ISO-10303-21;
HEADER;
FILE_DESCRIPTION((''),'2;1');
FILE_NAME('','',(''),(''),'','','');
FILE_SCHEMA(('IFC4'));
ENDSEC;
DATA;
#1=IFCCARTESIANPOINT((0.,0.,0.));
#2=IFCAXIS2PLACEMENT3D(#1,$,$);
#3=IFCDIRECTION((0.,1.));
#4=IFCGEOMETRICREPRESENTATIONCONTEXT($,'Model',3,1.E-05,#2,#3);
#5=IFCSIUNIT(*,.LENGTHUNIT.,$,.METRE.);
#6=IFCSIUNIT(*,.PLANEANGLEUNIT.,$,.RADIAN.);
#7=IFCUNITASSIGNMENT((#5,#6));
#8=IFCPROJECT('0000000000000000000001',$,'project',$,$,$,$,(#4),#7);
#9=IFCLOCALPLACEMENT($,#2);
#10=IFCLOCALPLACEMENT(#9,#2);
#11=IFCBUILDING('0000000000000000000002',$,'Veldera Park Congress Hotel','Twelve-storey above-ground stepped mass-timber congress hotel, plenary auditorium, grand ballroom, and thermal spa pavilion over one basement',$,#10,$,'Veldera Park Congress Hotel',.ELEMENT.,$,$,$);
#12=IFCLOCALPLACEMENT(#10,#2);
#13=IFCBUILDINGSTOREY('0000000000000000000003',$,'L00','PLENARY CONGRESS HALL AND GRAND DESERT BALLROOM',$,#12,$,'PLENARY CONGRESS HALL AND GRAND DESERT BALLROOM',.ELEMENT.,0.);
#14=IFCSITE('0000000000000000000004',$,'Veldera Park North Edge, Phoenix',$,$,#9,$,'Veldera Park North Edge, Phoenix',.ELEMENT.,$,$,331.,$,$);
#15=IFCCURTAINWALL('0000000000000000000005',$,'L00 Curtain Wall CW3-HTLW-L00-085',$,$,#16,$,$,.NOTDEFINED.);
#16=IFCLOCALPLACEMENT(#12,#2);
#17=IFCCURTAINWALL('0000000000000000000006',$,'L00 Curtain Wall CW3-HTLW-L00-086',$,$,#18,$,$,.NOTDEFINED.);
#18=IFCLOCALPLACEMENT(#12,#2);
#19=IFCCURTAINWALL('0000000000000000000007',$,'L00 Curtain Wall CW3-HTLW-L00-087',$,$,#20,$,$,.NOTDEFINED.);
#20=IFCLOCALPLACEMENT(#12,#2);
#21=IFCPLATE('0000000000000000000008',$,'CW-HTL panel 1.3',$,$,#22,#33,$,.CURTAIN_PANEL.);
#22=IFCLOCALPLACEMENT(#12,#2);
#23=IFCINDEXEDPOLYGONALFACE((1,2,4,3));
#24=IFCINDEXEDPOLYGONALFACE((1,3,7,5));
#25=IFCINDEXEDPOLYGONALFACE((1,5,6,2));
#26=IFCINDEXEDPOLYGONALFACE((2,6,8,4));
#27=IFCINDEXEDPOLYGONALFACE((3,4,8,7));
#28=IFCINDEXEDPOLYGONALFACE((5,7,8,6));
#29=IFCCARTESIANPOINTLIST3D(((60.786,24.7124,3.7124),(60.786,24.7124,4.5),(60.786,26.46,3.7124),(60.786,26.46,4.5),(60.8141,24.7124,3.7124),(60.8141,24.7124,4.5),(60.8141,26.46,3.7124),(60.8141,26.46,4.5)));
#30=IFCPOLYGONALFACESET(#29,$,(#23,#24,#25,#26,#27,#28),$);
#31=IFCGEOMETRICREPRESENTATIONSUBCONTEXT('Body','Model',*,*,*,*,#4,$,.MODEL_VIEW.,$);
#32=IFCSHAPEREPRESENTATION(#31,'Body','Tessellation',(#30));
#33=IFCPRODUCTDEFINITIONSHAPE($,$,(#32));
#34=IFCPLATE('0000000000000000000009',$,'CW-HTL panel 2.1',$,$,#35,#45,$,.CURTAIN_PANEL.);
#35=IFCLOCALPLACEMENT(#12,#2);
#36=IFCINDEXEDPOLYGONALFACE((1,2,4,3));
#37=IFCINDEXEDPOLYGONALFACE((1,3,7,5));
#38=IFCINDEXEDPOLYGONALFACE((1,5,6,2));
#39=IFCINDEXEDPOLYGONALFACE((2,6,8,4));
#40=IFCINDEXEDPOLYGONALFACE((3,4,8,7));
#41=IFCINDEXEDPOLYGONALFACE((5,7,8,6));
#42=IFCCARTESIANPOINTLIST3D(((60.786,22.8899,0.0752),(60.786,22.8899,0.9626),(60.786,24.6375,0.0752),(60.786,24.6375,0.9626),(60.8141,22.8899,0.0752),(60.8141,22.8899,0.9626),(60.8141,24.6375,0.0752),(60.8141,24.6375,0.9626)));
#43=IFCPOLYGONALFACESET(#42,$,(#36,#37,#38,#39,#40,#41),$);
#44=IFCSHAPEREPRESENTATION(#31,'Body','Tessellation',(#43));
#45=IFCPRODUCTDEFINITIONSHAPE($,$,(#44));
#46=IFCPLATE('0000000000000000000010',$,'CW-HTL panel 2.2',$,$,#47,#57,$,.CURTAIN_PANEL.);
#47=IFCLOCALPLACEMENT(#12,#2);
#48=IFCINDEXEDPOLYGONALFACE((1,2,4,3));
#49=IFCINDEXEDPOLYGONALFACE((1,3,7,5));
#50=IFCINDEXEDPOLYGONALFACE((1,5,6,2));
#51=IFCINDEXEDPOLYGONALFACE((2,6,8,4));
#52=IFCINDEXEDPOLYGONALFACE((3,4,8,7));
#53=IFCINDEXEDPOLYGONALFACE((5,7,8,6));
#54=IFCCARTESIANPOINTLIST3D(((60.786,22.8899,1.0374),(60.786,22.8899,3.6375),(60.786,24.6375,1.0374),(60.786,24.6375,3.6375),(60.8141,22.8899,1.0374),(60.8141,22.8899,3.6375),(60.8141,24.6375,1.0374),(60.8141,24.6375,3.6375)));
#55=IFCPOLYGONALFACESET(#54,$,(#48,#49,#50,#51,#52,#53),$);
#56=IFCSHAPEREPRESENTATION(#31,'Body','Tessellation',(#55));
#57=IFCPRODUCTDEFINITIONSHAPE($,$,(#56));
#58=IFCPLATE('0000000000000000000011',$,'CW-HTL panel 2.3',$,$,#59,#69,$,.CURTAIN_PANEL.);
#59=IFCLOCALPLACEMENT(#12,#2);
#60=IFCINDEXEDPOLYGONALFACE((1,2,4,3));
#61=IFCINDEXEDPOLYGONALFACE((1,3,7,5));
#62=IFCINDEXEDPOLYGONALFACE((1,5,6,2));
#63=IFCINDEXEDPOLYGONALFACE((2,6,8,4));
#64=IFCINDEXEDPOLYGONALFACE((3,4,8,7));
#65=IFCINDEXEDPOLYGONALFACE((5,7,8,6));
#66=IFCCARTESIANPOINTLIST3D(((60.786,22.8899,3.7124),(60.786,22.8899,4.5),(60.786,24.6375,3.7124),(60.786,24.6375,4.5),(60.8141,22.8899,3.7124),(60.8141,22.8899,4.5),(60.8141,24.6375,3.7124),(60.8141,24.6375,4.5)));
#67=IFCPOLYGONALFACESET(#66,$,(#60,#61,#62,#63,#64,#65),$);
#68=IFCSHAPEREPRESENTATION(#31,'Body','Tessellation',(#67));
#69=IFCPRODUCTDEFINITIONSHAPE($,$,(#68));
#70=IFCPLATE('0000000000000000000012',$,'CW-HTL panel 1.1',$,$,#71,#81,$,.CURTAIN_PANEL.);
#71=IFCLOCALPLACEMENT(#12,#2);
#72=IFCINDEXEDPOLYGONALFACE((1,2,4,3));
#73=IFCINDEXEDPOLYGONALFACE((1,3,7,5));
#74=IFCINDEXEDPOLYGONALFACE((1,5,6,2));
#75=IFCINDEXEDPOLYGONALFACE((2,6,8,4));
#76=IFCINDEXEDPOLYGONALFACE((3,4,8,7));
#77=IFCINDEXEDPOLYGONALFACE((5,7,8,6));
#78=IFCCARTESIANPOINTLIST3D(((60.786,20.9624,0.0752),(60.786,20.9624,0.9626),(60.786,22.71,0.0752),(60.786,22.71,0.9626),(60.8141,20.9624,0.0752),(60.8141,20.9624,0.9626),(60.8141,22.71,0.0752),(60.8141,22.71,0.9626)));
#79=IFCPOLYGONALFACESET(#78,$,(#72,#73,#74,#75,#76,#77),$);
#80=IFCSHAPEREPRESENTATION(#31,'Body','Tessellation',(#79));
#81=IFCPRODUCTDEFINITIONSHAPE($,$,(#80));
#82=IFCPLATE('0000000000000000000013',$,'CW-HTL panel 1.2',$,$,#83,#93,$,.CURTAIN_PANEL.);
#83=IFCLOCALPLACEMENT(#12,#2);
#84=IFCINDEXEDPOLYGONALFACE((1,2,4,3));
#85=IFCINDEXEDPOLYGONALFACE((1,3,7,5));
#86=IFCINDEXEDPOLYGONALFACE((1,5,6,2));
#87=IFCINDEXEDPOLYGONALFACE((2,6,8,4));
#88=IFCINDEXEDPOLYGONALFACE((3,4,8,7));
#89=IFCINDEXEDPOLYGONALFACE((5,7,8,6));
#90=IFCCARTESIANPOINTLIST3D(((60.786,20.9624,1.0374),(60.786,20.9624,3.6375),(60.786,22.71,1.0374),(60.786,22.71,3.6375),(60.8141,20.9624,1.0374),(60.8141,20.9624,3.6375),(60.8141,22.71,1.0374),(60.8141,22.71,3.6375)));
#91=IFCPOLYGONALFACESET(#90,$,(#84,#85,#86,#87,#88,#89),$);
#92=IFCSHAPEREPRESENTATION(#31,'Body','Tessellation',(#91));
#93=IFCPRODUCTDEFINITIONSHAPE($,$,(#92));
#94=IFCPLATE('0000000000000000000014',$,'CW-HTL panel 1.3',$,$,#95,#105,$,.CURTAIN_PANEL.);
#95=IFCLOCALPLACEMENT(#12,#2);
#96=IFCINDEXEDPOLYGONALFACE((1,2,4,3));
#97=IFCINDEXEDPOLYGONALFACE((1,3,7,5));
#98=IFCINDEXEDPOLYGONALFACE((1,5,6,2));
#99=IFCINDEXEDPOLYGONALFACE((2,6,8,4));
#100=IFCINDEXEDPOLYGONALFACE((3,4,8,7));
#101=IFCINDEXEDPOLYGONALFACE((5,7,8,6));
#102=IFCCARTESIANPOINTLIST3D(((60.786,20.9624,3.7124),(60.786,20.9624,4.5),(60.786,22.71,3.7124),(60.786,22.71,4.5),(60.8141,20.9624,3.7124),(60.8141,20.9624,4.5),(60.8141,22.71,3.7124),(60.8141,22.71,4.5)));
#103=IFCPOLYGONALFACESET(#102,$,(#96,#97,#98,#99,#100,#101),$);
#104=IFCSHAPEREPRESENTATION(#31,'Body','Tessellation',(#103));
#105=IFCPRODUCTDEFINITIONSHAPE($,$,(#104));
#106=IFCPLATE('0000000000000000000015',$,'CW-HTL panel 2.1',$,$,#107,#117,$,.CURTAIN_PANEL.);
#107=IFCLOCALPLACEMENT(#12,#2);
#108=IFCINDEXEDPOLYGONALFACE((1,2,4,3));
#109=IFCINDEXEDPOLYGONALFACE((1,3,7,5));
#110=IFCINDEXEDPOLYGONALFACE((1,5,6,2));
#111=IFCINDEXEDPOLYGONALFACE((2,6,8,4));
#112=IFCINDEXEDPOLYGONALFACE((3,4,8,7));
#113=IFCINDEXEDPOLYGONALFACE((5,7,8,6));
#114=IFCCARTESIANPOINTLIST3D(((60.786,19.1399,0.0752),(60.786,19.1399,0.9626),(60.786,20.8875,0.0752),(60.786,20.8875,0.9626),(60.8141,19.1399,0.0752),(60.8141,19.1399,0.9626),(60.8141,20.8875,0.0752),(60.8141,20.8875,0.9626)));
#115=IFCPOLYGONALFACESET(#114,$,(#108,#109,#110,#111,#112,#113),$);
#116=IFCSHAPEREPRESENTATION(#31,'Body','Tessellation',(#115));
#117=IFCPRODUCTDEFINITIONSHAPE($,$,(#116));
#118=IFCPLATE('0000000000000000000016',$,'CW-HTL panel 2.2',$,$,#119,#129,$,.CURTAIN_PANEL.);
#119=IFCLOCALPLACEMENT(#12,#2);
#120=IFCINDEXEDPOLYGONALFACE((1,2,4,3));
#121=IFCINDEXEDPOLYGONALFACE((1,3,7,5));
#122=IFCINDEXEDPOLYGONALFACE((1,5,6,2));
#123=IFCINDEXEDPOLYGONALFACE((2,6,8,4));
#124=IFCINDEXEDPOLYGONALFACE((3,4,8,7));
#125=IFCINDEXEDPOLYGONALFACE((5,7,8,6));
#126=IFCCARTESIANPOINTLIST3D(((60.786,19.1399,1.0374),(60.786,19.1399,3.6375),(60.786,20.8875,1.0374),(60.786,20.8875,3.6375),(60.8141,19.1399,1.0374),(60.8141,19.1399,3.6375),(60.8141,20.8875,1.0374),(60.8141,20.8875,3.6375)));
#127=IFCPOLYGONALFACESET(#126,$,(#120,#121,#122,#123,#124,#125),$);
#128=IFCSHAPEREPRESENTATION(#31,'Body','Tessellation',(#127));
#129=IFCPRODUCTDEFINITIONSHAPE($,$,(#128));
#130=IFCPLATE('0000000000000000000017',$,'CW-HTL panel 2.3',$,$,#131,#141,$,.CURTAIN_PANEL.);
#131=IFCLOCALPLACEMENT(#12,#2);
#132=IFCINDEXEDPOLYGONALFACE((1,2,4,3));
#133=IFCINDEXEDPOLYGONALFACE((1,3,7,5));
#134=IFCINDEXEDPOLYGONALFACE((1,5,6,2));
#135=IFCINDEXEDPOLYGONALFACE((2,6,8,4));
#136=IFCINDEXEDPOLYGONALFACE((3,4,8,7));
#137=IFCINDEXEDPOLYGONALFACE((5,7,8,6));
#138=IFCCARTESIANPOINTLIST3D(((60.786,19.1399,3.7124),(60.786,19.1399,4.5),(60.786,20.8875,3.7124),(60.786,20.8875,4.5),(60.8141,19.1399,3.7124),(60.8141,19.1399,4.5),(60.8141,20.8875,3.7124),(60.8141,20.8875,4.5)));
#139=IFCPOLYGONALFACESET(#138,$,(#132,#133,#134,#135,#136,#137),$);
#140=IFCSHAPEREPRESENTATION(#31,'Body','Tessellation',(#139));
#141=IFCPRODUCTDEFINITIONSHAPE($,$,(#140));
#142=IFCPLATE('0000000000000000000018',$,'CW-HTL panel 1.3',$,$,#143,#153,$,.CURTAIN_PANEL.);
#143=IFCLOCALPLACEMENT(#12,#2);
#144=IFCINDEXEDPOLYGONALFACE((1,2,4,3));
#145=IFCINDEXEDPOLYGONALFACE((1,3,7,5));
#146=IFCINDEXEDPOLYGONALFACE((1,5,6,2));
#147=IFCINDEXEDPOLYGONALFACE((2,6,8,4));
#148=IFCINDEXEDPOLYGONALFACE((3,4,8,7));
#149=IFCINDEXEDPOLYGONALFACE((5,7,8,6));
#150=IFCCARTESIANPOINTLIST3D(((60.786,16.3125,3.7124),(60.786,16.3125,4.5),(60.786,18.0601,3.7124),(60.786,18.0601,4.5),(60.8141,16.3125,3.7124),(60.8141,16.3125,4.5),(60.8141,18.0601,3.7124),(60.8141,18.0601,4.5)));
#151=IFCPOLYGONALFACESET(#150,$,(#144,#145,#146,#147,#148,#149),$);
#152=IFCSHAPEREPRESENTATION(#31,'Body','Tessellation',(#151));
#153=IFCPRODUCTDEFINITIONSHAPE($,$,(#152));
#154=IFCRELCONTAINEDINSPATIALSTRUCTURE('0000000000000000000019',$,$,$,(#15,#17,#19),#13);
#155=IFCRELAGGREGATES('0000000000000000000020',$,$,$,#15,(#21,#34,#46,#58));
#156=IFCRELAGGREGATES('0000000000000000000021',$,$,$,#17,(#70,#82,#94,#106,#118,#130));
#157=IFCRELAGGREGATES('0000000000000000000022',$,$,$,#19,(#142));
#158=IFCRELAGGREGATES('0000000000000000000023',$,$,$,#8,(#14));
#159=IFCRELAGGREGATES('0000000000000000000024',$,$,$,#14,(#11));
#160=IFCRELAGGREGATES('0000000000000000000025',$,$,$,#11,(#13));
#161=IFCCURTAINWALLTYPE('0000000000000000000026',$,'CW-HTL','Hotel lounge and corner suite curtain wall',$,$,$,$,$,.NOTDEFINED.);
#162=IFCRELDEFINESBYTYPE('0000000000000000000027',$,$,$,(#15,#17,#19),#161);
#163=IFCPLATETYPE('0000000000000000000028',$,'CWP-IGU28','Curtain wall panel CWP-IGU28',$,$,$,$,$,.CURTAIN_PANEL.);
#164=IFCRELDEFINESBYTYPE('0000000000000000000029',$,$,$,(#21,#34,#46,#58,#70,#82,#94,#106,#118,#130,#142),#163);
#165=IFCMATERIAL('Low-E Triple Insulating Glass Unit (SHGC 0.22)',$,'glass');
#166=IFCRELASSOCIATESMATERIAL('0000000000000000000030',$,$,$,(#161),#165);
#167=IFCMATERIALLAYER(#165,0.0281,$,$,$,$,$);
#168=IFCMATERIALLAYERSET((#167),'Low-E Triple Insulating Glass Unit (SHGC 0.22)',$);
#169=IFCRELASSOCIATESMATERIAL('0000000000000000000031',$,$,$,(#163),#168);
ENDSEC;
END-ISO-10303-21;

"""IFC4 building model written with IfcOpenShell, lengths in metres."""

from ifc_helpers import new_model, si_unit, direction, frame, origin, origin_2d, place, context, subcontext, project, spatial, rectangle, extrude, material, layer, layer_set, type_object, element, aggregate, save


model = new_model("IFC4")

# Units and contexts
model_context = context("Model", 3, precision=1e-05, world=origin(), true_north=direction((0.0, 1.0)))
body_context = subcontext(model_context, "Body", "Model", "MODEL_VIEW")
ifc_project = project(units=[si_unit("LENGTHUNIT", "METRE"), si_unit("PLANEANGLEUNIT", "RADIAN")], contexts=[model_context])

# Site, building, storey
site_placement = place(None, origin())
site = spatial("IfcSite", under=ifc_project, at=site_placement, Name="Veldera Park North Edge, Phoenix", LongName="Veldera Park North Edge, Phoenix", CompositionType="ELEMENT", RefElevation=331.0)
building_placement = place(site_placement, origin())
building = spatial("IfcBuilding", under=site, at=building_placement, Name="Veldera Park Congress Hotel", Description="Twelve-storey above-ground stepped mass-timber congress hotel, plenary auditorium, grand ballroom, and thermal spa pavilion over one basement", LongName="Veldera Park Congress Hotel", CompositionType="ELEMENT")
storey_placement = place(building_placement, origin())
storey = spatial("IfcBuildingStorey", under=building, at=storey_placement, Name="L00", Description="PLENARY CONGRESS HALL AND GRAND DESERT BALLROOM", LongName="PLENARY CONGRESS HALL AND GRAND DESERT BALLROOM", CompositionType="ELEMENT", Elevation=0.0)

# Curtain walls
ifc_material_1 = material(Name="Low-E Triple Insulating Glass Unit (SHGC 0.22)", Category="glass")
curtain_wall_type = type_object("IfcCurtainWallType", Name="CW-HTL", Description="Hotel lounge and corner suite curtain wall", PredefinedType="NOTDEFINED", material=ifc_material_1)
curtain_wall_1_placement = place(storey_placement, origin())
curtain_wall_1 = element("IfcCurtainWall", 1, at=curtain_wall_1_placement, inside=storey, type_object=curtain_wall_type, Name="L00 Curtain Wall CW3-HTLW-L00-085", PredefinedType="NOTDEFINED")
curtain_wall_2_placement = place(storey_placement, origin())
curtain_wall_2 = element("IfcCurtainWall", 2, at=curtain_wall_2_placement, inside=storey, type_object=curtain_wall_type, Name="L00 Curtain Wall CW3-HTLW-L00-086", PredefinedType="NOTDEFINED")

# Curtain wall
curtain_wall_3_placement = place(storey_placement, origin())
curtain_wall_3 = element("IfcCurtainWall", 3, at=curtain_wall_3_placement, inside=storey, type_object=curtain_wall_type, Name="L00 Curtain Wall CW3-HTLW-L00-087", PredefinedType="NOTDEFINED")

# Plates
ifc_layer = layer(ifc_material_1, 0.0281)
ifc_layer_set = layer_set([ifc_layer], Name="Low-E Triple Insulating Glass Unit (SHGC 0.22)")
plate_type = type_object("IfcPlateType", Name="CWP-IGU28", Description="Curtain wall panel CWP-IGU28", PredefinedType="CURTAIN_PANEL", material=ifc_layer_set)
plate_1_placement = place(storey_placement, frame((60.8, 25.5862, 3.7124), z_axis=(0.0, 0.0, 1.0), x_axis=(0.0, -1.0, 0.0)))
plate_1 = element("IfcPlate", 4, at=plate_1_placement, type_object=plate_type, Name="CW-HTL panel 1.3", PredefinedType="CURTAIN_PANEL", context=body_context, shape_type="SweptSolid", body=[
    extrude(rectangle(XDim=1.7476, YDim=0.0281, at=origin_2d()), origin(), (0.0, 0.0, 1.0), 0.7876),
])
plate_2_placement = place(storey_placement, frame((60.8, 23.7637, 0.0752), z_axis=(0.0, 0.0, 1.0), x_axis=(0.0, -1.0, 0.0)))
plate_2 = element("IfcPlate", 5, at=plate_2_placement, type_object=plate_type, Name="CW-HTL panel 2.1", PredefinedType="CURTAIN_PANEL", context=body_context, shape_type="SweptSolid", body=[
    extrude(rectangle(XDim=1.7476, YDim=0.0281, at=origin_2d()), origin(), (0.0, 0.0, 1.0), 0.8875),
])
plate_3_placement = place(storey_placement, frame((60.8, 23.7637, 1.0374), z_axis=(0.0, 0.0, 1.0), x_axis=(0.0, -1.0, 0.0)))
plate_3 = element("IfcPlate", 6, at=plate_3_placement, type_object=plate_type, Name="CW-HTL panel 2.2", PredefinedType="CURTAIN_PANEL", context=body_context, shape_type="SweptSolid", body=[
    extrude(rectangle(XDim=1.7476, YDim=0.0281, at=origin_2d()), origin(), (0.0, 0.0, 1.0), 2.6001),
])
plate_4_placement = place(storey_placement, frame((60.8, 23.7637, 3.7124), z_axis=(0.0, 0.0, 1.0), x_axis=(0.0, -1.0, 0.0)))
plate_4 = element("IfcPlate", 7, at=plate_4_placement, type_object=plate_type, Name="CW-HTL panel 2.3", PredefinedType="CURTAIN_PANEL", context=body_context, shape_type="SweptSolid", body=[
    extrude(rectangle(XDim=1.7476, YDim=0.0281, at=origin_2d()), origin(), (0.0, 0.0, 1.0), 0.7876),
])
aggregate(curtain_wall_1, [plate_1, plate_2, plate_3, plate_4])
plate_5_placement = place(storey_placement, frame((60.8, 21.8362, 0.0752), z_axis=(0.0, 0.0, 1.0), x_axis=(0.0, -1.0, 0.0)))
plate_5 = element("IfcPlate", 8, at=plate_5_placement, type_object=plate_type, Name="CW-HTL panel 1.1", PredefinedType="CURTAIN_PANEL", context=body_context, shape_type="SweptSolid", body=[
    extrude(rectangle(XDim=1.7476, YDim=0.0281, at=origin_2d()), origin(), (0.0, 0.0, 1.0), 0.8875),
])
plate_6_placement = place(storey_placement, frame((60.8, 21.8362, 1.0374), z_axis=(0.0, 0.0, 1.0), x_axis=(0.0, -1.0, 0.0)))
plate_6 = element("IfcPlate", 9, at=plate_6_placement, type_object=plate_type, Name="CW-HTL panel 1.2", PredefinedType="CURTAIN_PANEL", context=body_context, shape_type="SweptSolid", body=[
    extrude(rectangle(XDim=1.7476, YDim=0.0281, at=origin_2d()), origin(), (0.0, 0.0, 1.0), 2.6001),
])
plate_7_placement = place(storey_placement, frame((60.8, 21.8362, 3.7124), z_axis=(0.0, 0.0, 1.0), x_axis=(0.0, -1.0, 0.0)))
plate_7 = element("IfcPlate", 10, at=plate_7_placement, type_object=plate_type, Name="CW-HTL panel 1.3", PredefinedType="CURTAIN_PANEL", context=body_context, shape_type="SweptSolid", body=[
    extrude(rectangle(XDim=1.7476, YDim=0.0281, at=origin_2d()), origin(), (0.0, 0.0, 1.0), 0.7876),
])
plate_8_placement = place(storey_placement, frame((60.8, 20.0137, 0.0752), z_axis=(0.0, 0.0, 1.0), x_axis=(0.0, -1.0, 0.0)))
plate_8 = element("IfcPlate", 11, at=plate_8_placement, type_object=plate_type, Name="CW-HTL panel 2.1", PredefinedType="CURTAIN_PANEL", context=body_context, shape_type="SweptSolid", body=[
    extrude(rectangle(XDim=1.7476, YDim=0.0281, at=origin_2d()), origin(), (0.0, 0.0, 1.0), 0.8875),
])
plate_9_placement = place(storey_placement, frame((60.8, 20.0137, 1.0374), z_axis=(0.0, 0.0, 1.0), x_axis=(0.0, -1.0, 0.0)))
plate_9 = element("IfcPlate", 12, at=plate_9_placement, type_object=plate_type, Name="CW-HTL panel 2.2", PredefinedType="CURTAIN_PANEL", context=body_context, shape_type="SweptSolid", body=[
    extrude(rectangle(XDim=1.7476, YDim=0.0281, at=origin_2d()), origin(), (0.0, 0.0, 1.0), 2.6001),
])
plate_10_placement = place(storey_placement, frame((60.8, 20.0137, 3.7124), z_axis=(0.0, 0.0, 1.0), x_axis=(0.0, -1.0, 0.0)))
plate_10 = element("IfcPlate", 13, at=plate_10_placement, type_object=plate_type, Name="CW-HTL panel 2.3", PredefinedType="CURTAIN_PANEL", context=body_context, shape_type="SweptSolid", body=[
    extrude(rectangle(XDim=1.7476, YDim=0.0281, at=origin_2d()), origin(), (0.0, 0.0, 1.0), 0.7876),
])
aggregate(curtain_wall_2, [plate_5, plate_6, plate_7, plate_8, plate_9, plate_10])
plate_11_placement = place(storey_placement, frame((60.8, 17.1863, 3.7124), z_axis=(0.0, 0.0, 1.0), x_axis=(0.0, -1.0, 0.0)))
plate_11 = element("IfcPlate", 14, at=plate_11_placement, type_object=plate_type, Name="CW-HTL panel 1.3", PredefinedType="CURTAIN_PANEL", context=body_context, shape_type="SweptSolid", body=[
    extrude(rectangle(XDim=1.7476, YDim=0.0281, at=origin_2d()), origin(), (0.0, 0.0, 1.0), 0.7876),
])
aggregate(curtain_wall_3, [plate_11])

save(model, "model.ifc")
